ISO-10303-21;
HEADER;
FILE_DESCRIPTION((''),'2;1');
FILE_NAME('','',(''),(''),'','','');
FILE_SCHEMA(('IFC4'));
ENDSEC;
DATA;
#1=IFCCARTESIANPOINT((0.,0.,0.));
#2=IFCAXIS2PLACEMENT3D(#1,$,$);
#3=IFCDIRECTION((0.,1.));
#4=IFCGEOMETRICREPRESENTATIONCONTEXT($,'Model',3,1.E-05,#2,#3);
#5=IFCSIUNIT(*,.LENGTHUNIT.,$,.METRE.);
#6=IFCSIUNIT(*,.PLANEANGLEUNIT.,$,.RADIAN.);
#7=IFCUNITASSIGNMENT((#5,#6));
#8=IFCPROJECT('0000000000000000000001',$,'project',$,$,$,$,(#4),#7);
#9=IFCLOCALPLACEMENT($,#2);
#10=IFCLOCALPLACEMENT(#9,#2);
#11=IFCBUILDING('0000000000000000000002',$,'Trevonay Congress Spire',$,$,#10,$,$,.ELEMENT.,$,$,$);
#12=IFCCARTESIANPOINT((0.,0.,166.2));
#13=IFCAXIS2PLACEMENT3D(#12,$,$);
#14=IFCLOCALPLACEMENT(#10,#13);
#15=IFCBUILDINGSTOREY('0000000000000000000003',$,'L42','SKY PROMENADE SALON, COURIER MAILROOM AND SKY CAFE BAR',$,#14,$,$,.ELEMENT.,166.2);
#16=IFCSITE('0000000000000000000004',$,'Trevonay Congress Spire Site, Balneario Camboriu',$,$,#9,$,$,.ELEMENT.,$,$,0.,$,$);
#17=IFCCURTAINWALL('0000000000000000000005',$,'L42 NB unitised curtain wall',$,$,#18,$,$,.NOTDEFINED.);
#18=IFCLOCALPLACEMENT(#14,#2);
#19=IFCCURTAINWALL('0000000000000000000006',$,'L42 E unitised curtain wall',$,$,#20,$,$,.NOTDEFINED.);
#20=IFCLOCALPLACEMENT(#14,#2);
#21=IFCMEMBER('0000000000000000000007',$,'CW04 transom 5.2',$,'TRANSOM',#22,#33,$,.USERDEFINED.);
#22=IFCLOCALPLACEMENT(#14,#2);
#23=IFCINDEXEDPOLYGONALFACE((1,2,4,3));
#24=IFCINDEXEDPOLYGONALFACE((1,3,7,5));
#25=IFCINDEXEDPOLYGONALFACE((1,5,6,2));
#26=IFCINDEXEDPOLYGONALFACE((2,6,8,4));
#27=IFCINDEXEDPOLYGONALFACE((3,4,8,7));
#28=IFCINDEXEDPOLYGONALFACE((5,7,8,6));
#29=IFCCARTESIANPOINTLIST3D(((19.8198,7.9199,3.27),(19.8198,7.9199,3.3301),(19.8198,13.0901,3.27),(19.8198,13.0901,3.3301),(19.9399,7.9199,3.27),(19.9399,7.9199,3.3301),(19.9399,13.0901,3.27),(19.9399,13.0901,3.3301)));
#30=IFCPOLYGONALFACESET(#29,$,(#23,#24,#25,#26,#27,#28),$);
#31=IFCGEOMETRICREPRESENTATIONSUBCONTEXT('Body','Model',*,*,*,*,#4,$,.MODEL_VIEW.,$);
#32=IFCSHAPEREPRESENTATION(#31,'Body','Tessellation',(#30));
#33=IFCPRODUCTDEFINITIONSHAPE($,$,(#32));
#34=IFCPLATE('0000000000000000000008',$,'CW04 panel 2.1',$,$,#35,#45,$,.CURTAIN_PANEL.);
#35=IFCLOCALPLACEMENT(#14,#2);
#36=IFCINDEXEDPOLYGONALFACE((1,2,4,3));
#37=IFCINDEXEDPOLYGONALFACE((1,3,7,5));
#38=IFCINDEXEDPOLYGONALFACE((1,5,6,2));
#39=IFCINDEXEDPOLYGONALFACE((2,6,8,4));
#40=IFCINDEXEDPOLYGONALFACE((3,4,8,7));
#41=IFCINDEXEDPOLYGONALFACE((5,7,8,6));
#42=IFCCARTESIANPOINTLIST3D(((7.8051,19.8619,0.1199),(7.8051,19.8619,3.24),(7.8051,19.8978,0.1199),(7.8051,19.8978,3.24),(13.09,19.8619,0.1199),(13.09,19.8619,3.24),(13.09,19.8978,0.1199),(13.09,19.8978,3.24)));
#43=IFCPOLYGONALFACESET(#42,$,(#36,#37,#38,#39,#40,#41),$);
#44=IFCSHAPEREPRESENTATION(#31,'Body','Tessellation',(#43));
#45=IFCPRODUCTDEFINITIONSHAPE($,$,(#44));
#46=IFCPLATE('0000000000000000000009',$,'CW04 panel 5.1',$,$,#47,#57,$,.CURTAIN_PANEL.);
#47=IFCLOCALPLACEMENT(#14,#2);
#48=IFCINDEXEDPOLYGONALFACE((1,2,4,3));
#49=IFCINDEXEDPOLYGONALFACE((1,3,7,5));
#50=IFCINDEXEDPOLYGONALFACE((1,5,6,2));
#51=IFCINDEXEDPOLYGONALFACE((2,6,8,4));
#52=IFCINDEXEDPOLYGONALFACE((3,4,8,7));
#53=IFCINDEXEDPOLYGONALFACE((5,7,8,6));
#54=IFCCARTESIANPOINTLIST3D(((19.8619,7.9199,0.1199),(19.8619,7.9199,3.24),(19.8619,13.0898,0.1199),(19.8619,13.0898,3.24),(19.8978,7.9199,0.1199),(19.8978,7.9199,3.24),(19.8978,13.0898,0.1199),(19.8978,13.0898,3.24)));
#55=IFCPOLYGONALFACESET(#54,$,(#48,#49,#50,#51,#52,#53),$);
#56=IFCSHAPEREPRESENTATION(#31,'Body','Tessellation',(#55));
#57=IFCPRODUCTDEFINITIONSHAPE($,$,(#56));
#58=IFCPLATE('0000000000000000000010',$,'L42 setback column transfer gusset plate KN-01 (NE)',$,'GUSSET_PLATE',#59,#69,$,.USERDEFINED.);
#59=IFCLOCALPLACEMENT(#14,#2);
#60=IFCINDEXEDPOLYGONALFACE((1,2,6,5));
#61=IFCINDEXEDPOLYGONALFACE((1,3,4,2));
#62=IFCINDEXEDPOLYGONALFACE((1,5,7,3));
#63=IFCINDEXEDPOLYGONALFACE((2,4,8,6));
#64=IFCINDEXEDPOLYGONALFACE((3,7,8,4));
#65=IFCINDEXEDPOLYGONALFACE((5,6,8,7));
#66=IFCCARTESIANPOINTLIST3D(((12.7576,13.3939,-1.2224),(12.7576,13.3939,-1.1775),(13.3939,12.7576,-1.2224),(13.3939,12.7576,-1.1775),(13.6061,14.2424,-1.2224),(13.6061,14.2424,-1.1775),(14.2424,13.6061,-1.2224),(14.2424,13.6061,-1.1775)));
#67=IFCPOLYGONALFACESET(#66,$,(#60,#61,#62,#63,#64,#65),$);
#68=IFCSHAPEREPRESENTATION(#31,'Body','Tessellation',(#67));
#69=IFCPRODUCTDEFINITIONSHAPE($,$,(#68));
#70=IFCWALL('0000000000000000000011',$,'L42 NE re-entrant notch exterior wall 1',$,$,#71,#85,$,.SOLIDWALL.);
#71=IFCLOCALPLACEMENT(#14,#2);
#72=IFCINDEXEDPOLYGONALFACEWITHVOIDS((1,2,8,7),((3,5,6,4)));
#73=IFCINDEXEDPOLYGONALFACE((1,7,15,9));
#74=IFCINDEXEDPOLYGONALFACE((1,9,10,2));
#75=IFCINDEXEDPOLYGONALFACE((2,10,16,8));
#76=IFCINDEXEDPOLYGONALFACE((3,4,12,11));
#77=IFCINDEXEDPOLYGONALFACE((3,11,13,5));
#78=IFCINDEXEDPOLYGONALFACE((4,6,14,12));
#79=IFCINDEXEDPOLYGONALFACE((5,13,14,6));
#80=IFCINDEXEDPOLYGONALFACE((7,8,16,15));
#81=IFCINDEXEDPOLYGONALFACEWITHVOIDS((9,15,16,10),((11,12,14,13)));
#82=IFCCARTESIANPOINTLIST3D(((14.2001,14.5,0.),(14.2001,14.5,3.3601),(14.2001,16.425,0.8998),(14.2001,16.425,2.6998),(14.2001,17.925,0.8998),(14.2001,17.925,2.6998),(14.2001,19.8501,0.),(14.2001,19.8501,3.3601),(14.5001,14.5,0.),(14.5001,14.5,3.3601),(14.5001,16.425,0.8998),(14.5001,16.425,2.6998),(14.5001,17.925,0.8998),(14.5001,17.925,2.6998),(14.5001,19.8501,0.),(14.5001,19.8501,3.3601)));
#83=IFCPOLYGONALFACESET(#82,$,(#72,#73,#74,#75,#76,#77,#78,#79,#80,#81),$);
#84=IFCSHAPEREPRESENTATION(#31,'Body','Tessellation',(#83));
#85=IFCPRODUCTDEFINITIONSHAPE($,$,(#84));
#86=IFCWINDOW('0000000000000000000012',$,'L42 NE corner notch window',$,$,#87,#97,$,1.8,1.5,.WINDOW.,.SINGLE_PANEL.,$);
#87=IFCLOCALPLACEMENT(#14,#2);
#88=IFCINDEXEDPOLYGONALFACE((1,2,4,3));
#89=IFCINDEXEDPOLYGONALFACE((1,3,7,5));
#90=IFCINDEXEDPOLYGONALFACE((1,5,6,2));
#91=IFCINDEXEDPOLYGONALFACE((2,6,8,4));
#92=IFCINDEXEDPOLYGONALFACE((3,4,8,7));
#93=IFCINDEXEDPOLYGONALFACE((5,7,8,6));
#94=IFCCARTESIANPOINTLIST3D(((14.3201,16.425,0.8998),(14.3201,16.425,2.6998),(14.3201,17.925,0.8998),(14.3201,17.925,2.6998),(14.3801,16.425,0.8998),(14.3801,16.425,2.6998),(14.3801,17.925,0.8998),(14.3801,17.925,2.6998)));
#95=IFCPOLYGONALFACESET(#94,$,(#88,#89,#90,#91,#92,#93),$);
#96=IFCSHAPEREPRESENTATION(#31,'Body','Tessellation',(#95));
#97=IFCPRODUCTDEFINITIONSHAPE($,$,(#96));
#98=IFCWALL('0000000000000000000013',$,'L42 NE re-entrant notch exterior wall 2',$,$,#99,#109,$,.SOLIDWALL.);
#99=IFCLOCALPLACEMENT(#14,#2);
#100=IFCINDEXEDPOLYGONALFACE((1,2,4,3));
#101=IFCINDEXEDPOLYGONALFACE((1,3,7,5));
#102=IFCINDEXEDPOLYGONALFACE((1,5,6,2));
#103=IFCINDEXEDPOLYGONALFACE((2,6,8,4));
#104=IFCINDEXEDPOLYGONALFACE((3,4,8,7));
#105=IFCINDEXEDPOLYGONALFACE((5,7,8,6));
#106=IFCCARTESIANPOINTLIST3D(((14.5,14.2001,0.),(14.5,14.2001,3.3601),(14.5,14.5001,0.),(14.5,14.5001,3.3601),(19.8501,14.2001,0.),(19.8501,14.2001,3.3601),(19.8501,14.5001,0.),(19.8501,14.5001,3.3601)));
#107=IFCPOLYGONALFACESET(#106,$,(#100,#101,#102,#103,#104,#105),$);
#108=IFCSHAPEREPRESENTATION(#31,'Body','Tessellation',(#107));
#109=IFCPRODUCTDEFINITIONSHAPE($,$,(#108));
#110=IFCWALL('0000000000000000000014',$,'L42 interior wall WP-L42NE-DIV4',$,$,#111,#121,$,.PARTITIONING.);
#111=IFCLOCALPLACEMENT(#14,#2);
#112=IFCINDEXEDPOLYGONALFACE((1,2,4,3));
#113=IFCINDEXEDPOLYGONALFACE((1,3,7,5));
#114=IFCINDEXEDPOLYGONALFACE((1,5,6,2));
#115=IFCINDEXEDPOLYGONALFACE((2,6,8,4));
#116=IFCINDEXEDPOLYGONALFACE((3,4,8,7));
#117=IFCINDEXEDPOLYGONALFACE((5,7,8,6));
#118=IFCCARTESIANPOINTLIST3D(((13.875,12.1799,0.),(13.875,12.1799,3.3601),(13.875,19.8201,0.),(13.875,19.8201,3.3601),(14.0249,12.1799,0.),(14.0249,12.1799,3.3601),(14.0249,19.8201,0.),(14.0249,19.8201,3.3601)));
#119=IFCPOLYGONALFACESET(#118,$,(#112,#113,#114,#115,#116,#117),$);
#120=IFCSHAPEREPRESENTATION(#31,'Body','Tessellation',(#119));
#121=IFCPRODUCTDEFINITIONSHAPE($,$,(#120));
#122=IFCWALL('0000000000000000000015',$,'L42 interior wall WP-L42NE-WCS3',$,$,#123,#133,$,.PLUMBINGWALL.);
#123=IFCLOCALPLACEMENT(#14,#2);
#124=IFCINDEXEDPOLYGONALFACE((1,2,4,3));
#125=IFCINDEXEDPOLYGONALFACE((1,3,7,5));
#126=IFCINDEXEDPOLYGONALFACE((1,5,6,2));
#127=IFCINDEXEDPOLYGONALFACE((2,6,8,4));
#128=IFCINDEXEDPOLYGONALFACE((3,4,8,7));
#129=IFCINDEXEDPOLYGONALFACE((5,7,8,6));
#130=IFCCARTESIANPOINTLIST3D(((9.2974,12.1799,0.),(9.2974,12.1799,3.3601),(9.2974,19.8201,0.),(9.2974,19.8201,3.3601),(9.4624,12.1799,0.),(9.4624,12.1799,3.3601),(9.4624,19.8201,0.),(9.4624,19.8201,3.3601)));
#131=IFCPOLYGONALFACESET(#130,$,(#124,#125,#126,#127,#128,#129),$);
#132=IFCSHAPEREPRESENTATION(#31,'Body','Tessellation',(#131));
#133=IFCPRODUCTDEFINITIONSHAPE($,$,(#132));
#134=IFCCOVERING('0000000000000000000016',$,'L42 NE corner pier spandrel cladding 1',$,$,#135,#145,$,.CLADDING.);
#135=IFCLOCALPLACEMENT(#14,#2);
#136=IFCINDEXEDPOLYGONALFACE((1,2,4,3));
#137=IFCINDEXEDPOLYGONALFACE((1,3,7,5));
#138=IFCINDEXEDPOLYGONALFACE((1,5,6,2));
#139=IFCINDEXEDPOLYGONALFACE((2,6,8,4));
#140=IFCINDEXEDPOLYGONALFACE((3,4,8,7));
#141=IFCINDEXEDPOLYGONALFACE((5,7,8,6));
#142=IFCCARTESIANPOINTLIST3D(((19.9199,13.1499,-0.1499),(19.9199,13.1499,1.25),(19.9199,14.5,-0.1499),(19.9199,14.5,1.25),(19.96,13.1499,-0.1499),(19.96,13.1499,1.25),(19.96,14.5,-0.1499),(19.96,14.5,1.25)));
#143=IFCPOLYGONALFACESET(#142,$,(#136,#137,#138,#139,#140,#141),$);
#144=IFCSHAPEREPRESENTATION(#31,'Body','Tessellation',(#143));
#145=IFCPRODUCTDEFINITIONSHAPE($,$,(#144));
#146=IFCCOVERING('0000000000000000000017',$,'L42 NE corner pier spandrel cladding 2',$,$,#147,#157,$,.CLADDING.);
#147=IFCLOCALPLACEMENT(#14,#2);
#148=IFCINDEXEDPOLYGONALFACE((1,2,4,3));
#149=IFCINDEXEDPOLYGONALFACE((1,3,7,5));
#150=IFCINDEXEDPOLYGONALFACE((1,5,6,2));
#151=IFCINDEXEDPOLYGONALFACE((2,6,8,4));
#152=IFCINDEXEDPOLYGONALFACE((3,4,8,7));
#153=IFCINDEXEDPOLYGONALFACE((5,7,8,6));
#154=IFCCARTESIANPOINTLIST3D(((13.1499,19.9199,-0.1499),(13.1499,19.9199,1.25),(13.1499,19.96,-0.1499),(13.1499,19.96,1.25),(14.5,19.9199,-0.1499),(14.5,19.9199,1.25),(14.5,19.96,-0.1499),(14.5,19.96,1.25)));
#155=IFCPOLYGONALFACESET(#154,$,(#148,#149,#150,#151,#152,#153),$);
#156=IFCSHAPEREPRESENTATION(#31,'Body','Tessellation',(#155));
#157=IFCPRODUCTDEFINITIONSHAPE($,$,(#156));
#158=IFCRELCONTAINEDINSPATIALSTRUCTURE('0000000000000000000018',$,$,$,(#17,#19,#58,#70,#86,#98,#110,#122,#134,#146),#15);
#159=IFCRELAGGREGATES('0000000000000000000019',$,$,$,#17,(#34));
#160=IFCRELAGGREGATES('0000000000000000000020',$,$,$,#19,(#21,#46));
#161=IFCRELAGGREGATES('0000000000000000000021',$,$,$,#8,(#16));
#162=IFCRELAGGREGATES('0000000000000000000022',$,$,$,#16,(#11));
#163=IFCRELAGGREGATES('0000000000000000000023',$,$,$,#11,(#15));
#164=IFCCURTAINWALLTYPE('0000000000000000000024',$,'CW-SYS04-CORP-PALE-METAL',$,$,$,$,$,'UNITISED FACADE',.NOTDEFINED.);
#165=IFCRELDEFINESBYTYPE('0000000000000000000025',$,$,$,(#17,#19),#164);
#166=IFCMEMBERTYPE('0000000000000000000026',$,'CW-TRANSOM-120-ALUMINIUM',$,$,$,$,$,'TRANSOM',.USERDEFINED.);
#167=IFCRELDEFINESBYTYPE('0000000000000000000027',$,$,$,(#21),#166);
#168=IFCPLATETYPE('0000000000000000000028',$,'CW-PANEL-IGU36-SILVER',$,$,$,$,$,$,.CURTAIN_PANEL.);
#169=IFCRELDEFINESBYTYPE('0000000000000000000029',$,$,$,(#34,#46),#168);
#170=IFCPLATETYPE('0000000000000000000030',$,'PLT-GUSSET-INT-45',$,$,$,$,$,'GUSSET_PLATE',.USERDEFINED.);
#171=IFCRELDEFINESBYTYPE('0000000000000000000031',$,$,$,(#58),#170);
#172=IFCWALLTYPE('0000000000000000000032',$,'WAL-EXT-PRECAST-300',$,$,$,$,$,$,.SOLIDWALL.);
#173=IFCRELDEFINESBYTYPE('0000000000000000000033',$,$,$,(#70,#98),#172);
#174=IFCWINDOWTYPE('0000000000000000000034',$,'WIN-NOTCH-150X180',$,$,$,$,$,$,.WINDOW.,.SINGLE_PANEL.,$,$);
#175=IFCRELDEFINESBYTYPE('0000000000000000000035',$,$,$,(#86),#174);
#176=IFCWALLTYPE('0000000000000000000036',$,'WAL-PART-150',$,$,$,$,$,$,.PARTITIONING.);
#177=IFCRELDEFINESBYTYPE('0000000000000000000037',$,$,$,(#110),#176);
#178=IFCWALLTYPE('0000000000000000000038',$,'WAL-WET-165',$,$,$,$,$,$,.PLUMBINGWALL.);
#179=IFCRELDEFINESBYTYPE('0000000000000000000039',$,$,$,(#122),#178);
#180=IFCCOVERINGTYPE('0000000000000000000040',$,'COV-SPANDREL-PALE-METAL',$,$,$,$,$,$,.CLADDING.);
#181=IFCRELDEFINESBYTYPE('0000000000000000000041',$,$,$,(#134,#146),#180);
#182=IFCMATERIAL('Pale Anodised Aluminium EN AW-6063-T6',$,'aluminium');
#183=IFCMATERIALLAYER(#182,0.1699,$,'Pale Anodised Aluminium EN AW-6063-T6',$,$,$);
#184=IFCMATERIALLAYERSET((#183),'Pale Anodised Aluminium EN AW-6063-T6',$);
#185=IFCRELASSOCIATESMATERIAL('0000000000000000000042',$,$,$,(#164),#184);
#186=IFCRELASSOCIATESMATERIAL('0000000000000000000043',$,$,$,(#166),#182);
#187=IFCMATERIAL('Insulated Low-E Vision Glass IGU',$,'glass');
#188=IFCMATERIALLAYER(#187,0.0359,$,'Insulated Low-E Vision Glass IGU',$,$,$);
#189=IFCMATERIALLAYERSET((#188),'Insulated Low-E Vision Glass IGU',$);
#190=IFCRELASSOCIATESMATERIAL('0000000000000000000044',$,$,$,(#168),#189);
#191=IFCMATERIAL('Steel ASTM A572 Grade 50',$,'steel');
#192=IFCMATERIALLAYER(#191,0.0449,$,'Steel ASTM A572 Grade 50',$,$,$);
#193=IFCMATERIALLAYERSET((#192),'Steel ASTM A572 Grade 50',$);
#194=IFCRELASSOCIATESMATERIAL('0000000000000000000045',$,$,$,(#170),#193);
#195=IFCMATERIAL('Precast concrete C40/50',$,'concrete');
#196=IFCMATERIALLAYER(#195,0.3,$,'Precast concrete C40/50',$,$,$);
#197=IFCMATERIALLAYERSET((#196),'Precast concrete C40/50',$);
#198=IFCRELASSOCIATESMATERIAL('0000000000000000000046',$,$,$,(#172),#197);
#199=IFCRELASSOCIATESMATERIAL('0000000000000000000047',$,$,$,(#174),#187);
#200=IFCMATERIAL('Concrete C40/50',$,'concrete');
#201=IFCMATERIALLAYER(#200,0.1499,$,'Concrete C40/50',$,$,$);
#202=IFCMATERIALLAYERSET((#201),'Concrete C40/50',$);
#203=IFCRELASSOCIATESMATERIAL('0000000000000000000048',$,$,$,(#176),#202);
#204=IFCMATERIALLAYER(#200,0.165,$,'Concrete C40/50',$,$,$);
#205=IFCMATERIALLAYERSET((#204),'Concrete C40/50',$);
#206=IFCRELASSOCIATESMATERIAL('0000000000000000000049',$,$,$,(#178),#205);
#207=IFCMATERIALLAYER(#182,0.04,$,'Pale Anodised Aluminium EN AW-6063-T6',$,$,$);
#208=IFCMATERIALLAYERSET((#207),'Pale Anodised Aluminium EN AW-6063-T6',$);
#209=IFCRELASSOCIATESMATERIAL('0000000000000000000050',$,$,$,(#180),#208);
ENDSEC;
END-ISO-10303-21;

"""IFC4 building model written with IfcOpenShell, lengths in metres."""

from ifc_helpers import new_model, si_unit, direction, frame, frame_2d, origin, origin_2d, place, context, subcontext, project, spatial, rectangle, extrude, material, layer, layer_set, material_profile, profile_set, type_object, element, fill, aggregate, save


model = new_model("IFC4")

# Units and contexts
model_context = context("Model", 3, precision=1e-05, world=origin(), true_north=direction((0.0, 1.0)))
body_context = subcontext(model_context, "Body", "Model", "MODEL_VIEW")
ifc_project = project(units=[si_unit("LENGTHUNIT", "METRE"), si_unit("PLANEANGLEUNIT", "RADIAN")], contexts=[model_context])

# Site, building, storey
site_placement = place(None, origin())
site = spatial("IfcSite", under=ifc_project, at=site_placement, Name="Trevonay Congress Spire Site, Balneario Camboriu", CompositionType="ELEMENT", RefElevation=0.0)
building_placement = place(site_placement, origin())
building = spatial("IfcBuilding", under=site, at=building_placement, Name="Trevonay Congress Spire", CompositionType="ELEMENT")
storey_placement = place(building_placement, frame((0.0, 0.0, 166.2)))
storey = spatial("IfcBuildingStorey", under=building, at=storey_placement, Name="L42", Description="SKY PROMENADE SALON, COURIER MAILROOM AND SKY CAFE BAR", CompositionType="ELEMENT", Elevation=166.2)

# Shared definitions
ifc_material_1 = material(Name="Steel ASTM A572 Grade 50", Category="steel")

# Curtain wall
ifc_material_2 = material(Name="Pale Anodised Aluminium EN AW-6063-T6", Category="aluminium")
ifc_layer_1 = layer(ifc_material_2, 0.1699, Name="Pale Anodised Aluminium EN AW-6063-T6")
ifc_layer_set_1 = layer_set([ifc_layer_1], Name="Pale Anodised Aluminium EN AW-6063-T6")
curtain_wall_type = type_object("IfcCurtainWallType", Name="CW-SYS04-CORP-PALE-METAL", ElementType="UNITISED FACADE", PredefinedType="NOTDEFINED", material=ifc_layer_set_1)
curtain_wall_1_placement = place(storey_placement, origin())
curtain_wall_1 = element("IfcCurtainWall", 1, at=curtain_wall_1_placement, inside=storey, type_object=curtain_wall_type, Name="L42 NB unitised curtain wall", PredefinedType="NOTDEFINED")

# Curtain wall, member
curtain_wall_2_placement = place(storey_placement, origin())
curtain_wall_2 = element("IfcCurtainWall", 2, at=curtain_wall_2_placement, inside=storey, type_object=curtain_wall_type, Name="L42 E unitised curtain wall", PredefinedType="NOTDEFINED")
ifc_material_profile_1 = material_profile(ifc_material_2, rectangle(XDim=0.1201, YDim=0.0601, at=origin_2d()), Name="CW-TRANSOM-120-ALUMINIUM")
ifc_profile_set_1 = profile_set([ifc_material_profile_1], Name="Pale Anodised Aluminium EN AW-6063-T6")
member_type_1 = type_object("IfcMemberType", Name="CW-TRANSOM-120-ALUMINIUM", ElementType="TRANSOM", PredefinedType="USERDEFINED", material=ifc_profile_set_1)
member_1_placement = place(storey_placement, frame((19.8799, 7.9199, 3.3), z_axis=(0.0, 1.0, 0.0), x_axis=(-1.0, 0.0, 0.0)))
member_1 = element("IfcMember", 3, at=member_1_placement, type_object=member_type_1, Name="CW04 transom 5.2", ObjectType="TRANSOM", PredefinedType="USERDEFINED", context=body_context, shape_type="SweptSolid", body=[
    extrude(rectangle(XDim=0.1201, YDim=0.0601, at=origin_2d()), origin(), (0.0, 0.0, 1.0), 5.1702),
])

# Plates
ifc_material_3 = material(Name="Insulated Low-E Vision Glass IGU", Category="glass")
ifc_layer_2 = layer(ifc_material_3, 0.0359, Name="Insulated Low-E Vision Glass IGU")
ifc_layer_set_2 = layer_set([ifc_layer_2], Name="Insulated Low-E Vision Glass IGU")
plate_type_1 = type_object("IfcPlateType", Name="CW-PANEL-IGU36-SILVER", PredefinedType="CURTAIN_PANEL", material=ifc_layer_set_2)
plate_1_placement = place(storey_placement, frame((10.4475, 19.8799, 0.1199), z_axis=(0.0, 0.0, 1.0), x_axis=(1.0, 0.0, 0.0)))
plate_1 = element("IfcPlate", 4, at=plate_1_placement, type_object=plate_type_1, Name="CW04 panel 2.1", PredefinedType="CURTAIN_PANEL", context=body_context, shape_type="SweptSolid", body=[
    extrude(rectangle(XDim=5.2849, YDim=0.0359, at=origin_2d()), origin(), (0.0, 0.0, 1.0), 3.1201),
])
aggregate(curtain_wall_1, [plate_1])
plate_2_placement = place(storey_placement, frame((19.8799, 10.5049, 0.1199), z_axis=(0.0, 0.0, 1.0), x_axis=(0.0, 1.0, 0.0)))
plate_2 = element("IfcPlate", 5, at=plate_2_placement, type_object=plate_type_1, Name="CW04 panel 5.1", PredefinedType="CURTAIN_PANEL", context=body_context, shape_type="SweptSolid", body=[
    extrude(rectangle(XDim=5.1699, YDim=0.0359, at=origin_2d()), origin(), (0.0, 0.0, 1.0), 3.1201),
])
aggregate(curtain_wall_2, [member_1, plate_2])
ifc_layer_3 = layer(ifc_material_1, 0.0449, Name="Steel ASTM A572 Grade 50")
ifc_layer_set_3 = layer_set([ifc_layer_3], Name="Steel ASTM A572 Grade 50")
plate_type_2 = type_object("IfcPlateType", Name="PLT-GUSSET-INT-45", ElementType="GUSSET_PLATE", PredefinedType="USERDEFINED", material=ifc_layer_set_3)
plate_3_placement = place(storey_placement, frame((13.5, 13.5, -1.2224), z_axis=(0.0, 0.0, 1.0), x_axis=(0.707107, 0.707107, 0.0)))
element("IfcPlate", 6, at=plate_3_placement, inside=storey, type_object=plate_type_2, Name="L42 setback column transfer gusset plate KN-01 (NE)", ObjectType="GUSSET_PLATE", PredefinedType="USERDEFINED", context=body_context, shape_type="SweptSolid", body=[
    extrude(rectangle(XDim=1.2, YDim=0.8999, at=origin_2d()), origin(), (0.0, 0.0, 1.0), 0.0449),
])

# Wall, opening, window
ifc_material_4 = material(Name="Precast concrete C40/50", Category="concrete")
ifc_layer_4 = layer(ifc_material_4, 0.3, Name="Precast concrete C40/50")
ifc_layer_set_4 = layer_set([ifc_layer_4], Name="Precast concrete C40/50")
wall_type_1 = type_object("IfcWallType", Name="WAL-EXT-PRECAST-300", PredefinedType="SOLIDWALL", material=ifc_layer_set_4)
wall_1_placement = place(storey_placement, frame((14.3501, 19.8501, 0.0), z_axis=(0.0, 0.0, 1.0), x_axis=(0.0, -1.0, 0.0)))
wall_1 = element("IfcWall", 7, at=wall_1_placement, inside=storey, type_object=wall_type_1, Name="L42 NE re-entrant notch exterior wall 1", PredefinedType="SOLIDWALL", context=body_context, shape_type="SweptSolid", body=[
    extrude(rectangle(XDim=5.3501, YDim=0.3, at=frame_2d((2.675, 0.0))), origin(), (0.0, 0.0, 1.0), 3.3601),
])
opening_placement = place(wall_1_placement, frame((1.925, 0.0, 0.8999)))
opening = element("IfcOpeningElement", 8, at=opening_placement, cuts=wall_1, PredefinedType="OPENING", context=body_context, shape_type="SweptSolid", body=[
    extrude(rectangle(XDim=1.5, YDim=1.8, at=frame_2d((0.75, 0.8999))), frame((0.0, 0.1602, 0.0), z_axis=(0.0, -1.0, 0.0), x_axis=(1.0, 0.0, 0.0)), (0.0, 0.0, 1.0), 0.3201),
])
window_type = type_object("IfcWindowType", Name="WIN-NOTCH-150X180", PartitioningType="SINGLE_PANEL", PredefinedType="WINDOW", material=ifc_material_3)
window_placement = place(opening_placement, origin())
window = element("IfcWindow", 9, at=window_placement, inside=storey, type_object=window_type, Name="L42 NE corner notch window", OverallHeight=1.8, OverallWidth=1.5, PartitioningType="SINGLE_PANEL", PredefinedType="WINDOW", context=body_context, shape_type="SweptSolid", body=[
    extrude(rectangle(XDim=1.5, YDim=1.8, at=frame_2d((0.75, 0.8999))), frame((0.0, 0.03, 0.0), z_axis=(0.0, -1.0, 0.0), x_axis=(1.0, 0.0, 0.0)), (0.0, 0.0, 1.0), 0.0601),
])
fill(opening, window)

# Walls
wall_2_placement = place(storey_placement, frame((19.8501, 14.3501, 0.0), z_axis=(0.0, 0.0, 1.0), x_axis=(-1.0, 0.0, 0.0)))
element("IfcWall", 10, at=wall_2_placement, inside=storey, type_object=wall_type_1, Name="L42 NE re-entrant notch exterior wall 2", PredefinedType="SOLIDWALL", context=body_context, shape_type="SweptSolid", body=[
    extrude(rectangle(XDim=5.3501, YDim=0.3, at=frame_2d((2.675, 0.0))), origin(), (0.0, 0.0, 1.0), 3.3601),
])
ifc_material_5 = material(Name="Concrete C40/50", Category="concrete")
ifc_layer_5 = layer(ifc_material_5, 0.1499, Name="Concrete C40/50")
ifc_layer_set_5 = layer_set([ifc_layer_5], Name="Concrete C40/50")
wall_type_2 = type_object("IfcWallType", Name="WAL-PART-150", PredefinedType="PARTITIONING", material=ifc_layer_set_5)
wall_3_placement = place(storey_placement, frame((13.95, 12.1799, 0.0), z_axis=(0.0, 0.0, 1.0), x_axis=(0.0, 1.0, 0.0)))
element("IfcWall", 11, at=wall_3_placement, inside=storey, type_object=wall_type_2, Name="L42 interior wall WP-L42NE-DIV4", PredefinedType="PARTITIONING", context=body_context, shape_type="SweptSolid", body=[
    extrude(rectangle(XDim=7.6401, YDim=0.1499, at=frame_2d((3.8201, 0.0))), origin(), (0.0, 0.0, 1.0), 3.3601),
])
ifc_layer_6 = layer(ifc_material_5, 0.165, Name="Concrete C40/50")
ifc_layer_set_6 = layer_set([ifc_layer_6], Name="Concrete C40/50")
wall_type_3 = type_object("IfcWallType", Name="WAL-WET-165", PredefinedType="PLUMBINGWALL", material=ifc_layer_set_6)
wall_4_placement = place(storey_placement, frame((9.3799, 12.1799, 0.0), z_axis=(0.0, 0.0, 1.0), x_axis=(0.0, 1.0, 0.0)))
element("IfcWall", 12, at=wall_4_placement, inside=storey, type_object=wall_type_3, Name="L42 interior wall WP-L42NE-WCS3", PredefinedType="PLUMBINGWALL", context=body_context, shape_type="SweptSolid", body=[
    extrude(rectangle(XDim=7.6401, YDim=0.165, at=frame_2d((3.8201, 0.0))), origin(), (0.0, 0.0, 1.0), 3.3601),
])

# Coverings
ifc_layer_7 = layer(ifc_material_2, 0.04, Name="Pale Anodised Aluminium EN AW-6063-T6")
ifc_layer_set_7 = layer_set([ifc_layer_7], Name="Pale Anodised Aluminium EN AW-6063-T6")
covering_type = type_object("IfcCoveringType", Name="COV-SPANDREL-PALE-METAL", PredefinedType="CLADDING", material=ifc_layer_set_7)
for number, where, z_axis, x_axis, name in (
    (13, (19.9399, 13.1499, -0.1499), (0.0, 0.0, 1.0), (0.0, 1.0, 0.0), "L42 NE corner pier spandrel cladding 1"),
    (14, (13.1499, 19.9399, -0.1499), (0.0, 0.0, 1.0), (1.0, 0.0, 0.0), "L42 NE corner pier spandrel cladding 2"),
):
    element("IfcCovering", number, at=place(storey_placement, frame(where, z_axis=z_axis, x_axis=x_axis)), inside=storey, type_object=covering_type, Name=name, PredefinedType="CLADDING", context=body_context, shape_type="SweptSolid", body=[
        extrude(rectangle(XDim=1.3501, YDim=0.04, at=frame_2d((0.675, 0.0))), origin(), (0.0, 0.0, 1.0), 1.3999),
    ])

save(model, "model.ifc")
